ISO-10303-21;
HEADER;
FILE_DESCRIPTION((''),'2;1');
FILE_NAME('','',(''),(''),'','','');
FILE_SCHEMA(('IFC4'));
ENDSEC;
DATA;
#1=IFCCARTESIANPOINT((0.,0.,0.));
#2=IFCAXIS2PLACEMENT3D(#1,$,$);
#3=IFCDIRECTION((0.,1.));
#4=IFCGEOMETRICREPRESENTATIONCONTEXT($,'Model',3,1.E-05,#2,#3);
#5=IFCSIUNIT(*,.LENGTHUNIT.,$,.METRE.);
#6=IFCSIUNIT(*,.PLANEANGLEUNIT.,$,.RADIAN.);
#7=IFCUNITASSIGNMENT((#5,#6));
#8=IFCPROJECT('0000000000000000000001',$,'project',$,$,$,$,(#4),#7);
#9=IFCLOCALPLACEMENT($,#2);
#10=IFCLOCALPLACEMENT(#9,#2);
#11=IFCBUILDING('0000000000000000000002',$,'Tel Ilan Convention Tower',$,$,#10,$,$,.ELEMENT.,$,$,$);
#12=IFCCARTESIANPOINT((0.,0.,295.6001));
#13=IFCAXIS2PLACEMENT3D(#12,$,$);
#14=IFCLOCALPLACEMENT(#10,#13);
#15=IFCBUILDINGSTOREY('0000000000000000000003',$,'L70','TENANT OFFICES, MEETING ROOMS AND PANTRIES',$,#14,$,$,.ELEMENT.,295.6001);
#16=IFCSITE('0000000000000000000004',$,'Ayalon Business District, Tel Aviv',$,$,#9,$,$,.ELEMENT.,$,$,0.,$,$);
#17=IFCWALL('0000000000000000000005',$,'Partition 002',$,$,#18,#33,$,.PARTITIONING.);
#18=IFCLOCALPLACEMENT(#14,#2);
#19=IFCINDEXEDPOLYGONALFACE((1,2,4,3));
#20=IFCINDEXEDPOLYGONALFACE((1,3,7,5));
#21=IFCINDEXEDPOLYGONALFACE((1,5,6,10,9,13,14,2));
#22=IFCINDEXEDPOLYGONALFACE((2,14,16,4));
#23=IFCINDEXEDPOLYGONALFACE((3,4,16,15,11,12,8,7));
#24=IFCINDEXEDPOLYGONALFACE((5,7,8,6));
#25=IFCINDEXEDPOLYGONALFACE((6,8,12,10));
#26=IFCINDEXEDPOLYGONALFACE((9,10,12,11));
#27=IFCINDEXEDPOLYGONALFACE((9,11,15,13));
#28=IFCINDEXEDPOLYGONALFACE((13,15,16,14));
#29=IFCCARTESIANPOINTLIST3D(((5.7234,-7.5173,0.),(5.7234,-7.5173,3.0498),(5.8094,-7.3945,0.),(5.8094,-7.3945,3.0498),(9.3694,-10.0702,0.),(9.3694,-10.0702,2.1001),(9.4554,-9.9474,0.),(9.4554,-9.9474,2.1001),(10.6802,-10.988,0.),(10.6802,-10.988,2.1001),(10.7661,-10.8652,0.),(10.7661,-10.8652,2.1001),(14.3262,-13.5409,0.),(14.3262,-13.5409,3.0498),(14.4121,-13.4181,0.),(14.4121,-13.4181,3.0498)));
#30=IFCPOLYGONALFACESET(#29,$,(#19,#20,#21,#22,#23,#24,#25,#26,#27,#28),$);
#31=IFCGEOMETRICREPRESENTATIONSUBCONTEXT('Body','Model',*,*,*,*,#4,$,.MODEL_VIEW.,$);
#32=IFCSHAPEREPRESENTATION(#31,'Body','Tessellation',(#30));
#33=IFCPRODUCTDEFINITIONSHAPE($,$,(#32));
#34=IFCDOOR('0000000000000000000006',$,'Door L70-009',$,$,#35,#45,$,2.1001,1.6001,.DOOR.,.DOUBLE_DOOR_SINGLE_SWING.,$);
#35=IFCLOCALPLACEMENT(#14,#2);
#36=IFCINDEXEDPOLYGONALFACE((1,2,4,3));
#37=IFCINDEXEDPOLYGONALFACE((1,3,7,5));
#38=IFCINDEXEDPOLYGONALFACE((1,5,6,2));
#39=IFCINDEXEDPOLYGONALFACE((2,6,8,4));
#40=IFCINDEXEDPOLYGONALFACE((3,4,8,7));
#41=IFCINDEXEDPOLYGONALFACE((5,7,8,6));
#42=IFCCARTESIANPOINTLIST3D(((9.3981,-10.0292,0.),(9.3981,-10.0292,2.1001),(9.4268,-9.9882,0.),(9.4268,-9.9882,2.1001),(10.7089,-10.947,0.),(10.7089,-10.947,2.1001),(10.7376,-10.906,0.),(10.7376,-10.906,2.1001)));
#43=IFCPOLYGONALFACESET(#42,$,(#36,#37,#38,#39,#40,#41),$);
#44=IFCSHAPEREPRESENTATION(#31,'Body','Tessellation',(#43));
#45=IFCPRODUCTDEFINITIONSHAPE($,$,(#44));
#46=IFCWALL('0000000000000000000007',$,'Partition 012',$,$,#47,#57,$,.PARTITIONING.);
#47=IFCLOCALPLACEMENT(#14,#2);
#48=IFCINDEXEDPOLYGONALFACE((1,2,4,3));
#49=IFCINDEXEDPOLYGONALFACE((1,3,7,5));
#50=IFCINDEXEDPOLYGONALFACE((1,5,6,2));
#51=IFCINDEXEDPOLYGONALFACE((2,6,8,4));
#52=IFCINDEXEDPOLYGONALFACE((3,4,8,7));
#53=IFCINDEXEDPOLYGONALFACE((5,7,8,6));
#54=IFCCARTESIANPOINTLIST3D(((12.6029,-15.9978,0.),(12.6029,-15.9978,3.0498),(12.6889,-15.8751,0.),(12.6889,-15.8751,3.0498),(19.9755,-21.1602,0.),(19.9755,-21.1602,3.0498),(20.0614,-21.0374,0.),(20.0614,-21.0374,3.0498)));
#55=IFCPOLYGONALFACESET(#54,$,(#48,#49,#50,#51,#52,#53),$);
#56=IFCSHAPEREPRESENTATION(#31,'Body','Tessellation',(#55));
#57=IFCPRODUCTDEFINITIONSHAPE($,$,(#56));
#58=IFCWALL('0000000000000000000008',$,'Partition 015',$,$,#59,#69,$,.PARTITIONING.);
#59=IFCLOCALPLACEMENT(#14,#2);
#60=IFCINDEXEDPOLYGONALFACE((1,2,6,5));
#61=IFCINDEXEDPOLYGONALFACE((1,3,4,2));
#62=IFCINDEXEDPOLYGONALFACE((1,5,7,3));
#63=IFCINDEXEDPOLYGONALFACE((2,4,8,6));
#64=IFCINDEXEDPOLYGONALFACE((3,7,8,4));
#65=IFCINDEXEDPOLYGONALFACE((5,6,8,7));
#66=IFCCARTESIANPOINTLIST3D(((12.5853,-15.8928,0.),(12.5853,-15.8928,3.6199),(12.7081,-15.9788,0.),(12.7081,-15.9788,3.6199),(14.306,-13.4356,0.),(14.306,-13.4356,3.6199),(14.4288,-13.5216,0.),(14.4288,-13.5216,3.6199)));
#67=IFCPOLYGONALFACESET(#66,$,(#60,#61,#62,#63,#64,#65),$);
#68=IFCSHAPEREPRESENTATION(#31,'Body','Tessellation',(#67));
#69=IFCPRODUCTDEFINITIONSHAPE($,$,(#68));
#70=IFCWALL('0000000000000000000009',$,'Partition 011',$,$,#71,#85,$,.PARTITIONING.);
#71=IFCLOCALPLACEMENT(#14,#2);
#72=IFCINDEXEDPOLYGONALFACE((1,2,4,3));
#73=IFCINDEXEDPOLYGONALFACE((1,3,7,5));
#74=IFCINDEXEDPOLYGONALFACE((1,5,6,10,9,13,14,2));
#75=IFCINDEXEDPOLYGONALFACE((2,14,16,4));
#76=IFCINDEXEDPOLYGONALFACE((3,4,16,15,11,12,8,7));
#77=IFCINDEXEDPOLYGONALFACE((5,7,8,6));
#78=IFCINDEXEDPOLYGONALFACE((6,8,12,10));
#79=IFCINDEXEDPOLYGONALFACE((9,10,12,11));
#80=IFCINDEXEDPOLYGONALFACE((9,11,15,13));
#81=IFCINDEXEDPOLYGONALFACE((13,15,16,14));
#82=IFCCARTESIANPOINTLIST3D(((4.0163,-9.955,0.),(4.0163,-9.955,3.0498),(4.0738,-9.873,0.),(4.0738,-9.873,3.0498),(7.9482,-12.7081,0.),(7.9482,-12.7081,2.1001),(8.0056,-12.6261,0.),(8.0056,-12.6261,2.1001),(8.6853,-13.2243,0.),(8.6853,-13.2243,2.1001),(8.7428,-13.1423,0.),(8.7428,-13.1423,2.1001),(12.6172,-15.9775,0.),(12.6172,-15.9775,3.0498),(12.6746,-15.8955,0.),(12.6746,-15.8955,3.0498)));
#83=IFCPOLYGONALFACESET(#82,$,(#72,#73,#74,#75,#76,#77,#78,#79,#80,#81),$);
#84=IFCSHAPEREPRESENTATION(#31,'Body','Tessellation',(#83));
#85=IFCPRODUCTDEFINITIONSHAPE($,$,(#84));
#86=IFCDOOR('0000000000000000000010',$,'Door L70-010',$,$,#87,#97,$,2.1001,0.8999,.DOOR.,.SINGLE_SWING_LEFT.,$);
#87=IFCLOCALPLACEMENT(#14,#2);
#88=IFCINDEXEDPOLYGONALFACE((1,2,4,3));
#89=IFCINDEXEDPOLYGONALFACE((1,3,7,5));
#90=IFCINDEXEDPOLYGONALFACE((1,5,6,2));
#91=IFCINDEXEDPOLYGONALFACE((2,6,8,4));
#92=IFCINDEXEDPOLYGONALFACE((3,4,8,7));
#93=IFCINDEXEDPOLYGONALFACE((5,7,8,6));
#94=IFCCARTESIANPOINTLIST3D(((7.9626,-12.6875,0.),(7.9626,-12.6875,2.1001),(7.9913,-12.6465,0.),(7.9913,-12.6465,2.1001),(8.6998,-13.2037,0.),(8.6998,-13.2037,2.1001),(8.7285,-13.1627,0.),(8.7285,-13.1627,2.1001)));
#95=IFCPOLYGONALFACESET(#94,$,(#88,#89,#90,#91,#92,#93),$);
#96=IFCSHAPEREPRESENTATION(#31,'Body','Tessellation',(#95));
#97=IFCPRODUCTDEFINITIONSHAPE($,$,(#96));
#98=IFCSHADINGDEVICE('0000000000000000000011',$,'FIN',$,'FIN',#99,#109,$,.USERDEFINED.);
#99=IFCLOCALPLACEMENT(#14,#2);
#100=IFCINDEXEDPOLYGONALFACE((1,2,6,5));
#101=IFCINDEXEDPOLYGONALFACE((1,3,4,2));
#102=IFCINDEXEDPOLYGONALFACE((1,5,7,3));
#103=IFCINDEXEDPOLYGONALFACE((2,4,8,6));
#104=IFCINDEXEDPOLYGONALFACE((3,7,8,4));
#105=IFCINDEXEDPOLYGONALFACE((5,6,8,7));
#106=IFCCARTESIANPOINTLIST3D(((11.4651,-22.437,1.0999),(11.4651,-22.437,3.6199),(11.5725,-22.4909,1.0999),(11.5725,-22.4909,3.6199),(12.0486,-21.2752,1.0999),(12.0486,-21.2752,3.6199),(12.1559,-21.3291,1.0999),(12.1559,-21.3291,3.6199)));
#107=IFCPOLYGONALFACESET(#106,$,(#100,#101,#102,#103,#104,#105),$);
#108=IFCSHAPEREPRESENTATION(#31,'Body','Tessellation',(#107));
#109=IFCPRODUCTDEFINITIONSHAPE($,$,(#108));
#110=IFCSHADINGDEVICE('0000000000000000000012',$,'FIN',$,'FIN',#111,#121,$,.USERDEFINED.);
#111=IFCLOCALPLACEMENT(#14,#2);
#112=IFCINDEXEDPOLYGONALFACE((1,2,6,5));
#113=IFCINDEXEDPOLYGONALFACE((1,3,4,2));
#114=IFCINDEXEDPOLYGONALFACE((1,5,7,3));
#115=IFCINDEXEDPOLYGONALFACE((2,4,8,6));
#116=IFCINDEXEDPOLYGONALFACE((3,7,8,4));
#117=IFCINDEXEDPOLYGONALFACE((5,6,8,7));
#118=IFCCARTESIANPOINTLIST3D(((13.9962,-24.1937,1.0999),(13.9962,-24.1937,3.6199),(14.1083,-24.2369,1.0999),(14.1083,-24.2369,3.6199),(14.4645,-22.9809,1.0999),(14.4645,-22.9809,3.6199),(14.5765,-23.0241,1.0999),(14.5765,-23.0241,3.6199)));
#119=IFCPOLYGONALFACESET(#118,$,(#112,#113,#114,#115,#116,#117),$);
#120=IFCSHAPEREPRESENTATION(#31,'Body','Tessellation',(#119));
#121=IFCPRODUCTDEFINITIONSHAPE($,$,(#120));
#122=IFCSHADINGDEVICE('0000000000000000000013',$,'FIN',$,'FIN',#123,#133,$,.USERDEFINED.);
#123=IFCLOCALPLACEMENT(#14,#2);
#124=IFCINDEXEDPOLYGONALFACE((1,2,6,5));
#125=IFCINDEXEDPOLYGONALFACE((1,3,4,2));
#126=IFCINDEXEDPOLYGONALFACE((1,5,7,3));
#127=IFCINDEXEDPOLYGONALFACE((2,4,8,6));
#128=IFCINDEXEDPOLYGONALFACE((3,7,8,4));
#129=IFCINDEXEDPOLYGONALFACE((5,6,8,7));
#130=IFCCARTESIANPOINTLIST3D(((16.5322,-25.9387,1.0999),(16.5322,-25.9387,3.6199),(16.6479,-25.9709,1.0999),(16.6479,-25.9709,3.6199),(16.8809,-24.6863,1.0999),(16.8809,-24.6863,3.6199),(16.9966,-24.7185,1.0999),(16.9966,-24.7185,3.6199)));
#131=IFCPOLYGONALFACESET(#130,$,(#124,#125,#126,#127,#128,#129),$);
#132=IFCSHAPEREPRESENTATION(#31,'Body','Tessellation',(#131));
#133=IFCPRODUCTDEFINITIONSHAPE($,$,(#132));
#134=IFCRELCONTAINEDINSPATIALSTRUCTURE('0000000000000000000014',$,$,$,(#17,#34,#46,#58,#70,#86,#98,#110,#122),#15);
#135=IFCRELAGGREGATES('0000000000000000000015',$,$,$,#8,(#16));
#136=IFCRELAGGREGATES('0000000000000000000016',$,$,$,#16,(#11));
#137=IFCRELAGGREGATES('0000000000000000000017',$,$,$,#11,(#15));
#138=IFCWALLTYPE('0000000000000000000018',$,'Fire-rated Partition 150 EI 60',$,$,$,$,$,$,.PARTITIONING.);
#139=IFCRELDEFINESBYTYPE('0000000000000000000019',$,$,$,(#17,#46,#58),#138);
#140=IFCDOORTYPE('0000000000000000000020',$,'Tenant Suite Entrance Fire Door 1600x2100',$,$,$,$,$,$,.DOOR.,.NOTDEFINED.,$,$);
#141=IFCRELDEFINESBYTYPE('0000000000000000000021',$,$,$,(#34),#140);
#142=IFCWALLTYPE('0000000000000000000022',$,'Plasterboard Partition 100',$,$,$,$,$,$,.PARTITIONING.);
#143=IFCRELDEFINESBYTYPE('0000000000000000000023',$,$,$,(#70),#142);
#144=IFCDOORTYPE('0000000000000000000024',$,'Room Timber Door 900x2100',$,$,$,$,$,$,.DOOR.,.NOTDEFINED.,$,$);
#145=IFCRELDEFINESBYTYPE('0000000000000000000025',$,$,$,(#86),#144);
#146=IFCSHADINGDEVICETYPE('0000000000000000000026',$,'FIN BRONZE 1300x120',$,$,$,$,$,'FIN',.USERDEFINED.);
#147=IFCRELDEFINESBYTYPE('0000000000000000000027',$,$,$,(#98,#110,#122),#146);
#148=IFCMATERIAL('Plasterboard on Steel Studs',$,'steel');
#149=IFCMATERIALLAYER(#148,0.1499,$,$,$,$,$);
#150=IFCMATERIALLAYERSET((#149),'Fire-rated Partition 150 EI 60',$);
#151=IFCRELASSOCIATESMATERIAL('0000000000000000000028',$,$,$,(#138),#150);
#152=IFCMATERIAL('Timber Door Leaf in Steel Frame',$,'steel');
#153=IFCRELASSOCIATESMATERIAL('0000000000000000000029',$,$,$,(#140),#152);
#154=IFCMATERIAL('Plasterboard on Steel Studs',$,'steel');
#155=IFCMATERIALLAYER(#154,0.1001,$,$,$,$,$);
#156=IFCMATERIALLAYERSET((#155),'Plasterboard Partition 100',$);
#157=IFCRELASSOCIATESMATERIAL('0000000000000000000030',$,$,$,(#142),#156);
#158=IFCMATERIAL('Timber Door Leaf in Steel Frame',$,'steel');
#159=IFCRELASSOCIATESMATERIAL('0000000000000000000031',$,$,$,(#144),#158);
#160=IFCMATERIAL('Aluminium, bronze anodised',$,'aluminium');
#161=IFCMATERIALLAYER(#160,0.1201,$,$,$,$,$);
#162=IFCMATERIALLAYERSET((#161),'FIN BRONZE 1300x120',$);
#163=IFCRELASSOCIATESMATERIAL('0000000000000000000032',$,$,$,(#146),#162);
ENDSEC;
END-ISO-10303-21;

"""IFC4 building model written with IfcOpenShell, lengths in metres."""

from ifc_helpers import new_model, si_unit, direction, frame, frame_2d, origin, origin_2d, place, context, subcontext, project, spatial, rectangle, extrude, material, layer, layer_set, type_object, element, fill, save


model = new_model("IFC4")

# Units and contexts
model_context = context("Model", 3, precision=1e-05, world=origin(), true_north=direction((0.0, 1.0)))
body_context = subcontext(model_context, "Body", "Model", "MODEL_VIEW")
ifc_project = project(units=[si_unit("LENGTHUNIT", "METRE"), si_unit("PLANEANGLEUNIT", "RADIAN")], contexts=[model_context])

# Site, building, storey
site_placement = place(None, origin())
site = spatial("IfcSite", under=ifc_project, at=site_placement, Name="Ayalon Business District, Tel Aviv", CompositionType="ELEMENT", RefElevation=0.0)
building_placement = place(site_placement, origin())
building = spatial("IfcBuilding", under=site, at=building_placement, Name="Tel Ilan Convention Tower", CompositionType="ELEMENT")
storey_placement = place(building_placement, frame((0.0, 0.0, 295.6001)))
storey = spatial("IfcBuildingStorey", under=building, at=storey_placement, Name="L70", Description="TENANT OFFICES, MEETING ROOMS AND PANTRIES", CompositionType="ELEMENT", Elevation=295.6001)

# Wall, opening, door
ifc_material_1 = material(Name="Plasterboard on Steel Studs", Category="steel")
ifc_layer_1 = layer(ifc_material_1, 0.1499)
ifc_layer_set_1 = layer_set([ifc_layer_1], Name="Fire-rated Partition 150 EI 60")
wall_type_1 = type_object("IfcWallType", Name="Fire-rated Partition 150 EI 60", PredefinedType="PARTITIONING", material=ifc_layer_set_1)
wall_1_placement = place(storey_placement, frame((14.3691, -13.4795, 0.0), z_axis=(0.0, 0.0, 1.0), x_axis=(-0.819154, 0.573573, 0.0)))
wall_1 = element("IfcWall", 1, at=wall_1_placement, inside=storey, type_object=wall_type_1, Name="Partition 002", PredefinedType="PARTITIONING", context=body_context, shape_type="SweptSolid", body=[
    extrude(rectangle(XDim=10.502, YDim=0.1499, at=frame_2d((5.251, 0.0))), origin(), (0.0, 0.0, 1.0), 3.0498),
])
opening_1_placement = place(wall_1_placement, frame((4.4509, 0.0, 0.0)))
opening_1 = element("IfcOpeningElement", 2, at=opening_1_placement, cuts=wall_1, PredefinedType="OPENING", context=body_context, shape_type="SweptSolid", body=[
    extrude(rectangle(XDim=1.6001, YDim=2.1001, at=frame_2d((0.8, 1.05))), frame((0.0, 0.085, 0.0), z_axis=(0.0, -1.0, 0.0), x_axis=(1.0, 0.0, 0.0)), (0.0, 0.0, 1.0), 0.1699),
])
ifc_material_2 = material(Name="Timber Door Leaf in Steel Frame", Category="steel")
door_type_1 = type_object("IfcDoorType", Name="Tenant Suite Entrance Fire Door 1600x2100", OperationType="NOTDEFINED", PredefinedType="DOOR", material=ifc_material_2)
door_1_placement = place(opening_1_placement, origin())
door_1 = element("IfcDoor", 3, at=door_1_placement, inside=storey, type_object=door_type_1, Name="Door L70-009", OperationType="DOUBLE_DOOR_SINGLE_SWING", OverallHeight=2.1001, OverallWidth=1.6001, PredefinedType="DOOR", context=body_context, shape_type="SweptSolid", body=[
    extrude(rectangle(XDim=1.6001, YDim=2.1001, at=frame_2d((0.8, 1.05))), frame((0.0, 0.0249, 0.0), z_axis=(0.0, -1.0, 0.0), x_axis=(1.0, 0.0, 0.0)), (0.0, 0.0, 1.0), 0.05),
])
fill(opening_1, door_1)

# Walls
wall_2_placement = place(storey_placement, frame((12.646, -15.9365, 0.0), z_axis=(0.0, 0.0, 1.0), x_axis=(0.81915, -0.573579, 0.0)))
element("IfcWall", 4, at=wall_2_placement, inside=storey, type_object=wall_type_1, Name="Partition 012", PredefinedType="PARTITIONING", context=body_context, shape_type="SweptSolid", body=[
    extrude(rectangle(XDim=9.0002, YDim=0.1499, at=frame_2d((4.5, 0.0))), origin(), (0.0, 0.0, 1.0), 3.0498),
])
wall_3_placement = place(storey_placement, frame((14.3674, -13.4785, 0.0), z_axis=(0.0, 0.0, 1.0), x_axis=(-0.573599, -0.819136, 0.0)))
element("IfcWall", 5, at=wall_3_placement, inside=storey, type_object=wall_type_1, Name="Partition 015", PredefinedType="PARTITIONING", context=body_context, shape_type="SweptSolid", body=[
    extrude(rectangle(XDim=2.9998, YDim=0.1499, at=frame_2d((1.5, 0.0))), origin(), (0.0, 0.0, 1.0), 3.6199),
])

# Wall, opening, door
ifc_material_3 = material(Name="Plasterboard on Steel Studs", Category="steel")
ifc_layer_2 = layer(ifc_material_3, 0.1001)
ifc_layer_set_2 = layer_set([ifc_layer_2], Name="Plasterboard Partition 100")
wall_type_2 = type_object("IfcWallType", Name="Plasterboard Partition 100", PredefinedType="PARTITIONING", material=ifc_layer_set_2)
wall_4_placement = place(storey_placement, frame((12.646, -15.9365, 0.0), z_axis=(0.0, 0.0, 1.0), x_axis=(-0.819148, 0.573582, 0.0)))
wall_4 = element("IfcWall", 6, at=wall_4_placement, inside=storey, type_object=wall_type_2, Name="Partition 011", PredefinedType="PARTITIONING", context=body_context, shape_type="SweptSolid", body=[
    extrude(rectangle(XDim=10.4998, YDim=0.1001, at=frame_2d((5.25, 0.0))), origin(), (0.0, 0.0, 1.0), 3.0498),
])
opening_2_placement = place(wall_4_placement, frame((4.8, 0.0, 0.0)))
opening_2 = element("IfcOpeningElement", 7, at=opening_2_placement, cuts=wall_4, PredefinedType="OPENING", context=body_context, shape_type="SweptSolid", body=[
    extrude(rectangle(XDim=0.8999, YDim=2.1001, at=frame_2d((0.45, 1.05))), frame((0.0, 0.0601, 0.0), z_axis=(0.0, -1.0, 0.0), x_axis=(1.0, 0.0, 0.0)), (0.0, 0.0, 1.0), 0.1201),
])
ifc_material_4 = material(Name="Timber Door Leaf in Steel Frame", Category="steel")
door_type_2 = type_object("IfcDoorType", Name="Room Timber Door 900x2100", OperationType="NOTDEFINED", PredefinedType="DOOR", material=ifc_material_4)
door_2_placement = place(opening_2_placement, origin())
door_2 = element("IfcDoor", 8, at=door_2_placement, inside=storey, type_object=door_type_2, Name="Door L70-010", OperationType="SINGLE_SWING_LEFT", OverallHeight=2.1001, OverallWidth=0.8999, PredefinedType="DOOR", context=body_context, shape_type="SweptSolid", body=[
    extrude(rectangle(XDim=0.8999, YDim=2.1001, at=frame_2d((0.45, 1.05))), frame((0.0, 0.0249, 0.0), z_axis=(0.0, -1.0, 0.0), x_axis=(1.0, 0.0, 0.0)), (0.0, 0.0, 1.0), 0.05),
])
fill(opening_2, door_2)

# Shading devices
ifc_material_5 = material(Name="Aluminium, bronze anodised", Category="aluminium")
ifc_layer_3 = layer(ifc_material_5, 0.1201)
ifc_layer_set_3 = layer_set([ifc_layer_3], Name="FIN BRONZE 1300x120")
shading_device_type = type_object("IfcShadingDeviceType", Name="FIN BRONZE 1300x120", ElementType="FIN", PredefinedType="USERDEFINED", material=ifc_layer_set_3)
for number, where, z_axis, x_axis, name in (
    (9, (11.8105, -21.8831, 1.0999), (0.0, 0.0, 1.0), (-0.448799, -0.893633, 0.0), "FIN"),
    (10, (14.2864, -23.6089, 1.0999), (0.0, 0.0, 1.0), (-0.360178, -0.932884, 0.0), "FIN"),
    (11, (16.7644, -25.3286, 1.0999), (0.0, 0.0, 1.0), (-0.268173, -0.963371, 0.0), "FIN"),
):
    element("IfcShadingDevice", number, at=place(storey_placement, frame(where, z_axis=z_axis, x_axis=x_axis)), inside=storey, type_object=shading_device_type, Name=name, ObjectType="FIN", PredefinedType="USERDEFINED", context=body_context, shape_type="SweptSolid", body=[
        extrude(rectangle(XDim=1.3, YDim=0.1201, at=origin_2d()), origin(), (0.0, 0.0, 1.0), 2.52),
    ])

save(model, "model.ifc")
